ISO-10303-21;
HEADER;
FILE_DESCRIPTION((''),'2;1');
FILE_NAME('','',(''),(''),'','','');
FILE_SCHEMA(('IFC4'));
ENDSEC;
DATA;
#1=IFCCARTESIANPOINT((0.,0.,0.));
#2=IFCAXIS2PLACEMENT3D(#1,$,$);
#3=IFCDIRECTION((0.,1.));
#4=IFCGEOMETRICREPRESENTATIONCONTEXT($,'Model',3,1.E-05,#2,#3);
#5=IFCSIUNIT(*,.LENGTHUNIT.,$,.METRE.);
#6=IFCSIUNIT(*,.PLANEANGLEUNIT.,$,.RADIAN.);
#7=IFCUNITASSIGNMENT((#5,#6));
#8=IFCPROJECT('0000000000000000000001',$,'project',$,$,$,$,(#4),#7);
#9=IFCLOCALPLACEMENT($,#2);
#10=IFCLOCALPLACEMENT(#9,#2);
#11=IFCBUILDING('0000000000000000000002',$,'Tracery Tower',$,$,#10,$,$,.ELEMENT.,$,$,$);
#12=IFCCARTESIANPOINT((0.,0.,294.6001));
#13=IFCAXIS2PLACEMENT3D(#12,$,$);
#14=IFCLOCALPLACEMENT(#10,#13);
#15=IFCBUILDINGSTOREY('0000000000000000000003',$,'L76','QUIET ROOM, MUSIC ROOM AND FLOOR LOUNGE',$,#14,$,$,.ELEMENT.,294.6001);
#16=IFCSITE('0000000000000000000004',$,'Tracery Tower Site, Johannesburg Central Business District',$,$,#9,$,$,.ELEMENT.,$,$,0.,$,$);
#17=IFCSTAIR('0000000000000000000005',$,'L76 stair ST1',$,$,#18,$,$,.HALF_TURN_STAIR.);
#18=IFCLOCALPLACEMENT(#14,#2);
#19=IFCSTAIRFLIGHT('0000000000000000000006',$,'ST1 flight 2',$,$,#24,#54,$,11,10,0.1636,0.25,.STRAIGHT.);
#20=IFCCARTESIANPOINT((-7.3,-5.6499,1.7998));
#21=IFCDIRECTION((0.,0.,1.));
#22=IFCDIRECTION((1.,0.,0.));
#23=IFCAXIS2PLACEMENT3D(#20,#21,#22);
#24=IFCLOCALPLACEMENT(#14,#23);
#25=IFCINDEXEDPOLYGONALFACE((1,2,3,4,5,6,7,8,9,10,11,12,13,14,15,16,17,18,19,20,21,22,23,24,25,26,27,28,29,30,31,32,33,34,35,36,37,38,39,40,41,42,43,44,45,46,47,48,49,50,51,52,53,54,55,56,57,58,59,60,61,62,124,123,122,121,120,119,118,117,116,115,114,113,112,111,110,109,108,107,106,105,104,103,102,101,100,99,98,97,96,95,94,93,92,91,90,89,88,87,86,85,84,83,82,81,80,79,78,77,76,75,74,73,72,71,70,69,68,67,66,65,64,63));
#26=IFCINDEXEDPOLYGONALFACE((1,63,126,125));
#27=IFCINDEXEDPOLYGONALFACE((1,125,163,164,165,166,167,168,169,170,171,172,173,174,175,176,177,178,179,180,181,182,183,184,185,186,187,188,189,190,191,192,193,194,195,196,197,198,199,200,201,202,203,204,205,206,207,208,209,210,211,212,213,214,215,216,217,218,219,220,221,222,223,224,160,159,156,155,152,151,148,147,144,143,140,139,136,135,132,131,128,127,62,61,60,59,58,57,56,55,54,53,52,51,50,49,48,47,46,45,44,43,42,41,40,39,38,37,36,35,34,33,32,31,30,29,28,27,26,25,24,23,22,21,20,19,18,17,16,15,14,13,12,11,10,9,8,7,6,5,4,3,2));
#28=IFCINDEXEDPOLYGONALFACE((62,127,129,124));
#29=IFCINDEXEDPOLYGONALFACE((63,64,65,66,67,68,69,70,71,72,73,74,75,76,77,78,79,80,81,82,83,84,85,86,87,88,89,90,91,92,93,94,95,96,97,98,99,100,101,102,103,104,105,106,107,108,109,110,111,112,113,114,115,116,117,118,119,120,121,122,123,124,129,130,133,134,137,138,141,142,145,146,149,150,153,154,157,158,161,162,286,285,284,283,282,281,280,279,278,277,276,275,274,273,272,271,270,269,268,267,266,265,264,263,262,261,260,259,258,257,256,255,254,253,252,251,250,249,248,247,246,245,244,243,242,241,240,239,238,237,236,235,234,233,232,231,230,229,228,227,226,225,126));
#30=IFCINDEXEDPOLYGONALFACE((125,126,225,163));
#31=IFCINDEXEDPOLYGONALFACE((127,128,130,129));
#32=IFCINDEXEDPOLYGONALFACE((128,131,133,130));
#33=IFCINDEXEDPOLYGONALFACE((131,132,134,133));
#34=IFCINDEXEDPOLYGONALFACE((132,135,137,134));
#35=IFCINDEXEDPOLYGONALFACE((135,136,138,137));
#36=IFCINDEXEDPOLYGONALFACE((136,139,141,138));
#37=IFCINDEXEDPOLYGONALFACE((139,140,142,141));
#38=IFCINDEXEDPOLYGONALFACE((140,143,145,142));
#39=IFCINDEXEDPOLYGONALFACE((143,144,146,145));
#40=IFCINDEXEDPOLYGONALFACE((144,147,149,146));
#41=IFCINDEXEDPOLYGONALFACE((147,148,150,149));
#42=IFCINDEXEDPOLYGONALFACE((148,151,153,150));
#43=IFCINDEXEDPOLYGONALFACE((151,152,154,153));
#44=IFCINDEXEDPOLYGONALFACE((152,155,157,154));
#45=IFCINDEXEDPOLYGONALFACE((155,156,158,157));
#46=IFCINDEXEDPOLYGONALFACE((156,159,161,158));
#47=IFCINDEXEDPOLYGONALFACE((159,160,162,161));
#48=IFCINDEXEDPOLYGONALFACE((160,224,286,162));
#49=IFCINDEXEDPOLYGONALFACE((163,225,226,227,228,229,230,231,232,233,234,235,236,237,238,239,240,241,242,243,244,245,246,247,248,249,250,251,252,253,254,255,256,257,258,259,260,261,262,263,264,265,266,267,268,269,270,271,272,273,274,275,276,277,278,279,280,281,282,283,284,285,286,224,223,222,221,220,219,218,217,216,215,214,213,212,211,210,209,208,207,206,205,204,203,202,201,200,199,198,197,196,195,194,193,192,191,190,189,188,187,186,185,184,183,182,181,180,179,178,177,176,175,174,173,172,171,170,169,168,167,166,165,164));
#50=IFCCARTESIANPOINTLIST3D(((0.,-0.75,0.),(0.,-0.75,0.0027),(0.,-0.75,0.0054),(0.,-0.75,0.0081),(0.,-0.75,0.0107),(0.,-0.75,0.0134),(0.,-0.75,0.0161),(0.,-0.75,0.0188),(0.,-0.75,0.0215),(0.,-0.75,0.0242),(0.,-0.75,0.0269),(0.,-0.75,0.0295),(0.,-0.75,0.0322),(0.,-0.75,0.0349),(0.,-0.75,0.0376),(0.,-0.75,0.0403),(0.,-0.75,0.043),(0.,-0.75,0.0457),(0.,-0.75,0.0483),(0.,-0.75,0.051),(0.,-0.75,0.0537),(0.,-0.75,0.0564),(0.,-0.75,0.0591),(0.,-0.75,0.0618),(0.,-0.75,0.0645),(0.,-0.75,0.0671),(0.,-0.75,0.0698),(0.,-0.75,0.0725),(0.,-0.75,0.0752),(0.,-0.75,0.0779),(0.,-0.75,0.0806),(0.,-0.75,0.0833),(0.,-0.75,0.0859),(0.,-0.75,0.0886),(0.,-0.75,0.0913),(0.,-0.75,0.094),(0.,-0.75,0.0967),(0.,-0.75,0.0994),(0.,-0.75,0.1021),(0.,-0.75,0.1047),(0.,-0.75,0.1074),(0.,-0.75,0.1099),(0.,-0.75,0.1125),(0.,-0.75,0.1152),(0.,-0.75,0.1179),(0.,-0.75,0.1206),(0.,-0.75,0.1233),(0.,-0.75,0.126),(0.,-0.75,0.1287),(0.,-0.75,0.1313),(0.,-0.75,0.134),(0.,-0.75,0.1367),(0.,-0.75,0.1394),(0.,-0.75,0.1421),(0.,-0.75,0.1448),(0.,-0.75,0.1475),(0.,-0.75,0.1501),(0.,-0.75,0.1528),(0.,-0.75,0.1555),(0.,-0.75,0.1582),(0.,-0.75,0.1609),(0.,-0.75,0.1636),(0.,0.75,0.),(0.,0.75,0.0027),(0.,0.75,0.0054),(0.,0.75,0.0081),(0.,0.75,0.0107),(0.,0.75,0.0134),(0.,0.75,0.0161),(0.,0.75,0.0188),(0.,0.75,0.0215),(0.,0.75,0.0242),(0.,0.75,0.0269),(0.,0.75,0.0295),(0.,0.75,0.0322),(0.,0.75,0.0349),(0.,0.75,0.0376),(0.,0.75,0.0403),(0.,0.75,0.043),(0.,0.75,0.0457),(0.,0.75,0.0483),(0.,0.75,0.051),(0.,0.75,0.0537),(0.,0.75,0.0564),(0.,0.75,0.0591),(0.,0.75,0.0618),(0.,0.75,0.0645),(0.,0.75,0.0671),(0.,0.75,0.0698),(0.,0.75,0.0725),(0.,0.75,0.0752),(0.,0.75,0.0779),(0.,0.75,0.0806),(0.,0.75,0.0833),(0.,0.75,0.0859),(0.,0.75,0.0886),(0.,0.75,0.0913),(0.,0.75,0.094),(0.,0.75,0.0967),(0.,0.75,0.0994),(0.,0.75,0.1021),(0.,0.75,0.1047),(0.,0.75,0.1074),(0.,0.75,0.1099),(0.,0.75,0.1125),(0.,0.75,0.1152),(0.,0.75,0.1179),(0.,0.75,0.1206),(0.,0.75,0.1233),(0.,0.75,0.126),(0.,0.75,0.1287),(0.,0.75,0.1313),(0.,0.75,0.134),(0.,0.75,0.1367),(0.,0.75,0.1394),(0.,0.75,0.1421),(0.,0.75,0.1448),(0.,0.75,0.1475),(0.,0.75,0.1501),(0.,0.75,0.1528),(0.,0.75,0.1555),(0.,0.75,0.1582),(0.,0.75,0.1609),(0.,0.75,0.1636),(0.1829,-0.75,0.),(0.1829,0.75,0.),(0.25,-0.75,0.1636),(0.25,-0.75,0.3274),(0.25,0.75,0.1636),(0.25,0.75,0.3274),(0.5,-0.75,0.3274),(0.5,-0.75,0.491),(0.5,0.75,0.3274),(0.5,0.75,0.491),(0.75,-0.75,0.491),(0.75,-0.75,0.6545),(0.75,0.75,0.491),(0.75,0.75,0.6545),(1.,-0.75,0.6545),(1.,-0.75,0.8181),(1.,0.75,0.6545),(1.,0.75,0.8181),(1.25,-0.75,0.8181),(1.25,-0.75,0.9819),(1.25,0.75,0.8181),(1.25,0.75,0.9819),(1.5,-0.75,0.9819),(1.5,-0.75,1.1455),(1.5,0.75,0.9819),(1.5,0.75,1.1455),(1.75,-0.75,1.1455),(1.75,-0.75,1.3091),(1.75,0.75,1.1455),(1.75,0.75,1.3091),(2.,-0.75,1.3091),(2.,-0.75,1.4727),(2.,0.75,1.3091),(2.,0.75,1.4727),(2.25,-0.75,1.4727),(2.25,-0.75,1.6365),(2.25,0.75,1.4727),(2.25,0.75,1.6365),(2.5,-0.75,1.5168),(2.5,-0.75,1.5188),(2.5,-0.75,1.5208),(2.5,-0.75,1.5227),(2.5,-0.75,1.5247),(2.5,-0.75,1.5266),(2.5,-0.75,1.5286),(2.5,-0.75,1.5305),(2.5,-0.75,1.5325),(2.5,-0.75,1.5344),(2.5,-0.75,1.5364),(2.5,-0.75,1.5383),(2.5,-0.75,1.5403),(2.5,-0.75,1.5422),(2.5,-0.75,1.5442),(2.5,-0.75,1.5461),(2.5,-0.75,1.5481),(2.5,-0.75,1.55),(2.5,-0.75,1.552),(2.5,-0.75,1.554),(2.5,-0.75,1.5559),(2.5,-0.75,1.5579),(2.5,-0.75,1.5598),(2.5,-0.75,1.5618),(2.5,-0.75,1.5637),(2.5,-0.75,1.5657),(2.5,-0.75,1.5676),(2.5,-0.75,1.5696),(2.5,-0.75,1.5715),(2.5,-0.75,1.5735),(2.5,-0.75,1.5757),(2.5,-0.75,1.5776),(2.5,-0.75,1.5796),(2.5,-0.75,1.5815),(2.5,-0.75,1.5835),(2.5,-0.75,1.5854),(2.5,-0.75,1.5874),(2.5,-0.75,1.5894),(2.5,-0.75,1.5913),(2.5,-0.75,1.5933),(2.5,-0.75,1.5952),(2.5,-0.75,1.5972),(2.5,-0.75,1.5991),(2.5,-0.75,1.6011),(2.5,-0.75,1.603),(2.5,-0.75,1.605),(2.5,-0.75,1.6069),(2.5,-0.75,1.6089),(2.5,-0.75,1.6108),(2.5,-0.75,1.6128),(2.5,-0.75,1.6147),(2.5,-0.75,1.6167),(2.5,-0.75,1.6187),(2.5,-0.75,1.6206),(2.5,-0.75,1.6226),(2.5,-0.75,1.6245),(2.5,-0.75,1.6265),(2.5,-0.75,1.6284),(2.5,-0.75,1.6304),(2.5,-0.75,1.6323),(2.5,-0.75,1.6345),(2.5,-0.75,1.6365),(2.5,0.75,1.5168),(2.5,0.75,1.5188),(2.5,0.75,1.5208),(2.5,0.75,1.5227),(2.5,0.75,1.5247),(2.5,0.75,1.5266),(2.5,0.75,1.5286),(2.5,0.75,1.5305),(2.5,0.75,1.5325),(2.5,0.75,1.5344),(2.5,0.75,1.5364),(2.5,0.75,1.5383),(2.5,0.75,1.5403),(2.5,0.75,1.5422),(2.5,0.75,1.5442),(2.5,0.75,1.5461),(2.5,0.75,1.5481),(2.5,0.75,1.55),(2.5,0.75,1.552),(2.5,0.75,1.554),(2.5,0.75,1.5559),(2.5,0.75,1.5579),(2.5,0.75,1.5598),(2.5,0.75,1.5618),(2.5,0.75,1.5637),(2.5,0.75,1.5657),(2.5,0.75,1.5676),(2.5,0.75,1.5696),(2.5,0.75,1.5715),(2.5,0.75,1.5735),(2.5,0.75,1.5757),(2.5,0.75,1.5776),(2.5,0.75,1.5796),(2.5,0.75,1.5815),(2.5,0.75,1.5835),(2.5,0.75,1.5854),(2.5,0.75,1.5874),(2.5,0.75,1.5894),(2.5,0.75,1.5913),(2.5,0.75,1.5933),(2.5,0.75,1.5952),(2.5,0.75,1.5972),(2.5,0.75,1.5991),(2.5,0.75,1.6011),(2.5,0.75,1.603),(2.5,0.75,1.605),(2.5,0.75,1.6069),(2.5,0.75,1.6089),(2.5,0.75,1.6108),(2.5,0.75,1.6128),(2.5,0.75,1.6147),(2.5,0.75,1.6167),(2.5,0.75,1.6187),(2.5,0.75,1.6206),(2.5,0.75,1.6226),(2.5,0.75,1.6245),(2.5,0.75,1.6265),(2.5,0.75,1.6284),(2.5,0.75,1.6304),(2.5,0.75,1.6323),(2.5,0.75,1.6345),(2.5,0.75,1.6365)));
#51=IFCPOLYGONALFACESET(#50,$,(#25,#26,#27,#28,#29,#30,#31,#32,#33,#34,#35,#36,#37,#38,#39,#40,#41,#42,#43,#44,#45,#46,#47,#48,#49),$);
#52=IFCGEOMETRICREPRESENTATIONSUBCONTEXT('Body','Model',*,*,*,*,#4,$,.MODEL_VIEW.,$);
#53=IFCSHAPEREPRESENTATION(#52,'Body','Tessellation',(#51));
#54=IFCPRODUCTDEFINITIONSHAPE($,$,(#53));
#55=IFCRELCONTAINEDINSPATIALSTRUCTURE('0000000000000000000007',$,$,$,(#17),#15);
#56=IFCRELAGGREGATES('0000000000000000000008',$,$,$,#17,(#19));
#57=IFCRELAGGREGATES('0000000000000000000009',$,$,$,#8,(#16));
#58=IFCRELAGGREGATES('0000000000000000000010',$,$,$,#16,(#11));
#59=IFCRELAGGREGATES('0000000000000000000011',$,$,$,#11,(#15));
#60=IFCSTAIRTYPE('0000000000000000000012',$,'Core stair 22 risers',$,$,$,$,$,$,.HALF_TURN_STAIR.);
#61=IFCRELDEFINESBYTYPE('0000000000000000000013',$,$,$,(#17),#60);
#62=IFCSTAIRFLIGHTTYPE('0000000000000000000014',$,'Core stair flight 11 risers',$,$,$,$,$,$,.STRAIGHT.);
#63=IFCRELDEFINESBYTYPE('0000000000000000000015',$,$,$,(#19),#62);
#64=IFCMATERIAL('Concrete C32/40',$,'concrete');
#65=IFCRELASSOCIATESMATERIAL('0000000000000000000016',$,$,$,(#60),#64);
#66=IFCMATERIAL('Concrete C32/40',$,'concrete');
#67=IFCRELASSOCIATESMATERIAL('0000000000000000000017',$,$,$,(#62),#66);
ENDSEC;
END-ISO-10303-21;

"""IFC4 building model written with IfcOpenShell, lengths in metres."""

from ifc_helpers import new_model, si_unit, direction, frame, origin, place, context, subcontext, project, spatial, polyline, outline, extrude, material, type_object, element, aggregate, save


model = new_model("IFC4")

# Units and contexts
model_context = context("Model", 3, precision=1e-05, world=origin(), true_north=direction((0.0, 1.0)))
body_context = subcontext(model_context, "Body", "Model", "MODEL_VIEW")
ifc_project = project(units=[si_unit("LENGTHUNIT", "METRE"), si_unit("PLANEANGLEUNIT", "RADIAN")], contexts=[model_context])

# Site, building, storey
site_placement = place(None, origin())
site = spatial("IfcSite", under=ifc_project, at=site_placement, Name="Tracery Tower Site, Johannesburg Central Business District", CompositionType="ELEMENT", RefElevation=0.0)
building_placement = place(site_placement, origin())
building = spatial("IfcBuilding", under=site, at=building_placement, Name="Tracery Tower", CompositionType="ELEMENT")
storey_placement = place(building_placement, frame((0.0, 0.0, 294.6001)))
storey = spatial("IfcBuildingStorey", under=building, at=storey_placement, Name="L76", Description="QUIET ROOM, MUSIC ROOM AND FLOOR LOUNGE", CompositionType="ELEMENT", Elevation=294.6001)

# Stair, stair flight
ifc_material_1 = material(Name="Concrete C32/40", Category="concrete")
stair_type = type_object("IfcStairType", Name="Core stair 22 risers", PredefinedType="HALF_TURN_STAIR", material=ifc_material_1)
stair_placement = place(storey_placement, origin())
stair = element("IfcStair", 1, at=stair_placement, inside=storey, type_object=stair_type, Name="L76 stair ST1", PredefinedType="HALF_TURN_STAIR")
ifc_material_2 = material(Name="Concrete C32/40", Category="concrete")
stair_flight_type = type_object("IfcStairFlightType", Name="Core stair flight 11 risers", PredefinedType="STRAIGHT", material=ifc_material_2)
stair_flight_1_placement = place(storey_placement, frame((-7.3, -5.6499, 1.7998), z_axis=(0.0, 0.0, 1.0), x_axis=(1.0, 0.0, 0.0)))
stair_flight_1 = element("IfcStairFlight", 2, at=stair_flight_1_placement, type_object=stair_flight_type, Name="ST1 flight 2", NumberOfRisers=11, NumberOfTreads=10, PredefinedType="STRAIGHT", RiserHeight=0.1636, TreadLength=0.25, context=body_context, shape_type="SweptSolid", body=[
    extrude(outline(polyline([(0.0, 0.0), (0.0, 0.0027), (0.0, 0.0054), (0.0, 0.0081), (0.0, 0.0107), (0.0, 0.0134), (0.0, 0.0161), (0.0, 0.0188), (0.0, 0.0215), (0.0, 0.0242), (0.0, 0.0269), (0.0, 0.0295), (0.0, 0.0322), (0.0, 0.0349), (0.0, 0.0376), (0.0, 0.0403), (0.0, 0.043), (0.0, 0.0457), (0.0, 0.0483), (0.0, 0.051), (0.0, 0.0537), (0.0, 0.0564), (0.0, 0.0591), (0.0, 0.0618), (0.0, 0.0645), (0.0, 0.0671), (0.0, 0.0698), (0.0, 0.0725), (0.0, 0.0752), (0.0, 0.0779), (0.0, 0.0806), (0.0, 0.0833), (0.0, 0.0859), (0.0, 0.0886), (0.0, 0.0913), (0.0, 0.094), (0.0, 0.0967), (0.0, 0.0994), (0.0, 0.1021), (0.0, 0.1047), (0.0, 0.1074), (0.0, 0.1099), (0.0, 0.1125), (0.0, 0.1152), (0.0, 0.1179), (0.0, 0.1206), (0.0, 0.1233), (0.0, 0.126), (0.0, 0.1287), (0.0, 0.1313), (0.0, 0.134), (0.0, 0.1367), (0.0, 0.1394), (0.0, 0.1421), (0.0, 0.1448), (0.0, 0.1475), (0.0, 0.1501), (0.0, 0.1528), (0.0, 0.1555), (0.0, 0.1582), (0.0, 0.1609), (0.0, 0.1636), (0.25, 0.1636), (0.25, 0.3274), (0.5, 0.3274), (0.5, 0.491), (0.75, 0.491), (0.75, 0.6545), (1.0, 0.6545), (1.0, 0.8181), (1.25, 0.8181), (1.25, 0.9819), (1.5, 0.9819), (1.5, 1.1455), (1.75, 1.1455), (1.75, 1.3091), (2.0, 1.3091), (2.0, 1.4727), (2.25, 1.4727), (2.25, 1.6365), (2.5, 1.6365), (2.5, 1.6345), (2.5, 1.6323), (2.5, 1.6304), (2.5, 1.6284), (2.5, 1.6265), (2.5, 1.6245), (2.5, 1.6226), (2.5, 1.6206), (2.5, 1.6187), (2.5, 1.6167), (2.5, 1.6147), (2.5, 1.6128), (2.5, 1.6108), (2.5, 1.6089), (2.5, 1.6069), (2.5, 1.605), (2.5, 1.603), (2.5, 1.6011), (2.5, 1.5991), (2.5, 1.5972), (2.5, 1.5952), (2.5, 1.5933), (2.5, 1.5913), (2.5, 1.5894), (2.5, 1.5874), (2.5, 1.5854), (2.5, 1.5835), (2.5, 1.5815), (2.5, 1.5796), (2.5, 1.5776), (2.5, 1.5757), (2.5, 1.5735), (2.5, 1.5715), (2.5, 1.5696), (2.5, 1.5676), (2.5, 1.5657), (2.5, 1.5637), (2.5, 1.5618), (2.5, 1.5598), (2.5, 1.5579), (2.5, 1.5559), (2.5, 1.554), (2.5, 1.552), (2.5, 1.55), (2.5, 1.5481), (2.5, 1.5461), (2.5, 1.5442), (2.5, 1.5422), (2.5, 1.5403), (2.5, 1.5383), (2.5, 1.5364), (2.5, 1.5344), (2.5, 1.5325), (2.5, 1.5305), (2.5, 1.5286), (2.5, 1.5266), (2.5, 1.5247), (2.5, 1.5227), (2.5, 1.5208), (2.5, 1.5188), (2.5, 1.5168), (0.1829, 0.0), (0.0, 0.0)])), frame((0.0, 0.75, 0.0), z_axis=(0.0, -1.0, 0.0), x_axis=(1.0, 0.0, 0.0)), (0.0, 0.0, 1.0), 1.5),
])
aggregate(stair, [stair_flight_1])

save(model, "model.ifc")
